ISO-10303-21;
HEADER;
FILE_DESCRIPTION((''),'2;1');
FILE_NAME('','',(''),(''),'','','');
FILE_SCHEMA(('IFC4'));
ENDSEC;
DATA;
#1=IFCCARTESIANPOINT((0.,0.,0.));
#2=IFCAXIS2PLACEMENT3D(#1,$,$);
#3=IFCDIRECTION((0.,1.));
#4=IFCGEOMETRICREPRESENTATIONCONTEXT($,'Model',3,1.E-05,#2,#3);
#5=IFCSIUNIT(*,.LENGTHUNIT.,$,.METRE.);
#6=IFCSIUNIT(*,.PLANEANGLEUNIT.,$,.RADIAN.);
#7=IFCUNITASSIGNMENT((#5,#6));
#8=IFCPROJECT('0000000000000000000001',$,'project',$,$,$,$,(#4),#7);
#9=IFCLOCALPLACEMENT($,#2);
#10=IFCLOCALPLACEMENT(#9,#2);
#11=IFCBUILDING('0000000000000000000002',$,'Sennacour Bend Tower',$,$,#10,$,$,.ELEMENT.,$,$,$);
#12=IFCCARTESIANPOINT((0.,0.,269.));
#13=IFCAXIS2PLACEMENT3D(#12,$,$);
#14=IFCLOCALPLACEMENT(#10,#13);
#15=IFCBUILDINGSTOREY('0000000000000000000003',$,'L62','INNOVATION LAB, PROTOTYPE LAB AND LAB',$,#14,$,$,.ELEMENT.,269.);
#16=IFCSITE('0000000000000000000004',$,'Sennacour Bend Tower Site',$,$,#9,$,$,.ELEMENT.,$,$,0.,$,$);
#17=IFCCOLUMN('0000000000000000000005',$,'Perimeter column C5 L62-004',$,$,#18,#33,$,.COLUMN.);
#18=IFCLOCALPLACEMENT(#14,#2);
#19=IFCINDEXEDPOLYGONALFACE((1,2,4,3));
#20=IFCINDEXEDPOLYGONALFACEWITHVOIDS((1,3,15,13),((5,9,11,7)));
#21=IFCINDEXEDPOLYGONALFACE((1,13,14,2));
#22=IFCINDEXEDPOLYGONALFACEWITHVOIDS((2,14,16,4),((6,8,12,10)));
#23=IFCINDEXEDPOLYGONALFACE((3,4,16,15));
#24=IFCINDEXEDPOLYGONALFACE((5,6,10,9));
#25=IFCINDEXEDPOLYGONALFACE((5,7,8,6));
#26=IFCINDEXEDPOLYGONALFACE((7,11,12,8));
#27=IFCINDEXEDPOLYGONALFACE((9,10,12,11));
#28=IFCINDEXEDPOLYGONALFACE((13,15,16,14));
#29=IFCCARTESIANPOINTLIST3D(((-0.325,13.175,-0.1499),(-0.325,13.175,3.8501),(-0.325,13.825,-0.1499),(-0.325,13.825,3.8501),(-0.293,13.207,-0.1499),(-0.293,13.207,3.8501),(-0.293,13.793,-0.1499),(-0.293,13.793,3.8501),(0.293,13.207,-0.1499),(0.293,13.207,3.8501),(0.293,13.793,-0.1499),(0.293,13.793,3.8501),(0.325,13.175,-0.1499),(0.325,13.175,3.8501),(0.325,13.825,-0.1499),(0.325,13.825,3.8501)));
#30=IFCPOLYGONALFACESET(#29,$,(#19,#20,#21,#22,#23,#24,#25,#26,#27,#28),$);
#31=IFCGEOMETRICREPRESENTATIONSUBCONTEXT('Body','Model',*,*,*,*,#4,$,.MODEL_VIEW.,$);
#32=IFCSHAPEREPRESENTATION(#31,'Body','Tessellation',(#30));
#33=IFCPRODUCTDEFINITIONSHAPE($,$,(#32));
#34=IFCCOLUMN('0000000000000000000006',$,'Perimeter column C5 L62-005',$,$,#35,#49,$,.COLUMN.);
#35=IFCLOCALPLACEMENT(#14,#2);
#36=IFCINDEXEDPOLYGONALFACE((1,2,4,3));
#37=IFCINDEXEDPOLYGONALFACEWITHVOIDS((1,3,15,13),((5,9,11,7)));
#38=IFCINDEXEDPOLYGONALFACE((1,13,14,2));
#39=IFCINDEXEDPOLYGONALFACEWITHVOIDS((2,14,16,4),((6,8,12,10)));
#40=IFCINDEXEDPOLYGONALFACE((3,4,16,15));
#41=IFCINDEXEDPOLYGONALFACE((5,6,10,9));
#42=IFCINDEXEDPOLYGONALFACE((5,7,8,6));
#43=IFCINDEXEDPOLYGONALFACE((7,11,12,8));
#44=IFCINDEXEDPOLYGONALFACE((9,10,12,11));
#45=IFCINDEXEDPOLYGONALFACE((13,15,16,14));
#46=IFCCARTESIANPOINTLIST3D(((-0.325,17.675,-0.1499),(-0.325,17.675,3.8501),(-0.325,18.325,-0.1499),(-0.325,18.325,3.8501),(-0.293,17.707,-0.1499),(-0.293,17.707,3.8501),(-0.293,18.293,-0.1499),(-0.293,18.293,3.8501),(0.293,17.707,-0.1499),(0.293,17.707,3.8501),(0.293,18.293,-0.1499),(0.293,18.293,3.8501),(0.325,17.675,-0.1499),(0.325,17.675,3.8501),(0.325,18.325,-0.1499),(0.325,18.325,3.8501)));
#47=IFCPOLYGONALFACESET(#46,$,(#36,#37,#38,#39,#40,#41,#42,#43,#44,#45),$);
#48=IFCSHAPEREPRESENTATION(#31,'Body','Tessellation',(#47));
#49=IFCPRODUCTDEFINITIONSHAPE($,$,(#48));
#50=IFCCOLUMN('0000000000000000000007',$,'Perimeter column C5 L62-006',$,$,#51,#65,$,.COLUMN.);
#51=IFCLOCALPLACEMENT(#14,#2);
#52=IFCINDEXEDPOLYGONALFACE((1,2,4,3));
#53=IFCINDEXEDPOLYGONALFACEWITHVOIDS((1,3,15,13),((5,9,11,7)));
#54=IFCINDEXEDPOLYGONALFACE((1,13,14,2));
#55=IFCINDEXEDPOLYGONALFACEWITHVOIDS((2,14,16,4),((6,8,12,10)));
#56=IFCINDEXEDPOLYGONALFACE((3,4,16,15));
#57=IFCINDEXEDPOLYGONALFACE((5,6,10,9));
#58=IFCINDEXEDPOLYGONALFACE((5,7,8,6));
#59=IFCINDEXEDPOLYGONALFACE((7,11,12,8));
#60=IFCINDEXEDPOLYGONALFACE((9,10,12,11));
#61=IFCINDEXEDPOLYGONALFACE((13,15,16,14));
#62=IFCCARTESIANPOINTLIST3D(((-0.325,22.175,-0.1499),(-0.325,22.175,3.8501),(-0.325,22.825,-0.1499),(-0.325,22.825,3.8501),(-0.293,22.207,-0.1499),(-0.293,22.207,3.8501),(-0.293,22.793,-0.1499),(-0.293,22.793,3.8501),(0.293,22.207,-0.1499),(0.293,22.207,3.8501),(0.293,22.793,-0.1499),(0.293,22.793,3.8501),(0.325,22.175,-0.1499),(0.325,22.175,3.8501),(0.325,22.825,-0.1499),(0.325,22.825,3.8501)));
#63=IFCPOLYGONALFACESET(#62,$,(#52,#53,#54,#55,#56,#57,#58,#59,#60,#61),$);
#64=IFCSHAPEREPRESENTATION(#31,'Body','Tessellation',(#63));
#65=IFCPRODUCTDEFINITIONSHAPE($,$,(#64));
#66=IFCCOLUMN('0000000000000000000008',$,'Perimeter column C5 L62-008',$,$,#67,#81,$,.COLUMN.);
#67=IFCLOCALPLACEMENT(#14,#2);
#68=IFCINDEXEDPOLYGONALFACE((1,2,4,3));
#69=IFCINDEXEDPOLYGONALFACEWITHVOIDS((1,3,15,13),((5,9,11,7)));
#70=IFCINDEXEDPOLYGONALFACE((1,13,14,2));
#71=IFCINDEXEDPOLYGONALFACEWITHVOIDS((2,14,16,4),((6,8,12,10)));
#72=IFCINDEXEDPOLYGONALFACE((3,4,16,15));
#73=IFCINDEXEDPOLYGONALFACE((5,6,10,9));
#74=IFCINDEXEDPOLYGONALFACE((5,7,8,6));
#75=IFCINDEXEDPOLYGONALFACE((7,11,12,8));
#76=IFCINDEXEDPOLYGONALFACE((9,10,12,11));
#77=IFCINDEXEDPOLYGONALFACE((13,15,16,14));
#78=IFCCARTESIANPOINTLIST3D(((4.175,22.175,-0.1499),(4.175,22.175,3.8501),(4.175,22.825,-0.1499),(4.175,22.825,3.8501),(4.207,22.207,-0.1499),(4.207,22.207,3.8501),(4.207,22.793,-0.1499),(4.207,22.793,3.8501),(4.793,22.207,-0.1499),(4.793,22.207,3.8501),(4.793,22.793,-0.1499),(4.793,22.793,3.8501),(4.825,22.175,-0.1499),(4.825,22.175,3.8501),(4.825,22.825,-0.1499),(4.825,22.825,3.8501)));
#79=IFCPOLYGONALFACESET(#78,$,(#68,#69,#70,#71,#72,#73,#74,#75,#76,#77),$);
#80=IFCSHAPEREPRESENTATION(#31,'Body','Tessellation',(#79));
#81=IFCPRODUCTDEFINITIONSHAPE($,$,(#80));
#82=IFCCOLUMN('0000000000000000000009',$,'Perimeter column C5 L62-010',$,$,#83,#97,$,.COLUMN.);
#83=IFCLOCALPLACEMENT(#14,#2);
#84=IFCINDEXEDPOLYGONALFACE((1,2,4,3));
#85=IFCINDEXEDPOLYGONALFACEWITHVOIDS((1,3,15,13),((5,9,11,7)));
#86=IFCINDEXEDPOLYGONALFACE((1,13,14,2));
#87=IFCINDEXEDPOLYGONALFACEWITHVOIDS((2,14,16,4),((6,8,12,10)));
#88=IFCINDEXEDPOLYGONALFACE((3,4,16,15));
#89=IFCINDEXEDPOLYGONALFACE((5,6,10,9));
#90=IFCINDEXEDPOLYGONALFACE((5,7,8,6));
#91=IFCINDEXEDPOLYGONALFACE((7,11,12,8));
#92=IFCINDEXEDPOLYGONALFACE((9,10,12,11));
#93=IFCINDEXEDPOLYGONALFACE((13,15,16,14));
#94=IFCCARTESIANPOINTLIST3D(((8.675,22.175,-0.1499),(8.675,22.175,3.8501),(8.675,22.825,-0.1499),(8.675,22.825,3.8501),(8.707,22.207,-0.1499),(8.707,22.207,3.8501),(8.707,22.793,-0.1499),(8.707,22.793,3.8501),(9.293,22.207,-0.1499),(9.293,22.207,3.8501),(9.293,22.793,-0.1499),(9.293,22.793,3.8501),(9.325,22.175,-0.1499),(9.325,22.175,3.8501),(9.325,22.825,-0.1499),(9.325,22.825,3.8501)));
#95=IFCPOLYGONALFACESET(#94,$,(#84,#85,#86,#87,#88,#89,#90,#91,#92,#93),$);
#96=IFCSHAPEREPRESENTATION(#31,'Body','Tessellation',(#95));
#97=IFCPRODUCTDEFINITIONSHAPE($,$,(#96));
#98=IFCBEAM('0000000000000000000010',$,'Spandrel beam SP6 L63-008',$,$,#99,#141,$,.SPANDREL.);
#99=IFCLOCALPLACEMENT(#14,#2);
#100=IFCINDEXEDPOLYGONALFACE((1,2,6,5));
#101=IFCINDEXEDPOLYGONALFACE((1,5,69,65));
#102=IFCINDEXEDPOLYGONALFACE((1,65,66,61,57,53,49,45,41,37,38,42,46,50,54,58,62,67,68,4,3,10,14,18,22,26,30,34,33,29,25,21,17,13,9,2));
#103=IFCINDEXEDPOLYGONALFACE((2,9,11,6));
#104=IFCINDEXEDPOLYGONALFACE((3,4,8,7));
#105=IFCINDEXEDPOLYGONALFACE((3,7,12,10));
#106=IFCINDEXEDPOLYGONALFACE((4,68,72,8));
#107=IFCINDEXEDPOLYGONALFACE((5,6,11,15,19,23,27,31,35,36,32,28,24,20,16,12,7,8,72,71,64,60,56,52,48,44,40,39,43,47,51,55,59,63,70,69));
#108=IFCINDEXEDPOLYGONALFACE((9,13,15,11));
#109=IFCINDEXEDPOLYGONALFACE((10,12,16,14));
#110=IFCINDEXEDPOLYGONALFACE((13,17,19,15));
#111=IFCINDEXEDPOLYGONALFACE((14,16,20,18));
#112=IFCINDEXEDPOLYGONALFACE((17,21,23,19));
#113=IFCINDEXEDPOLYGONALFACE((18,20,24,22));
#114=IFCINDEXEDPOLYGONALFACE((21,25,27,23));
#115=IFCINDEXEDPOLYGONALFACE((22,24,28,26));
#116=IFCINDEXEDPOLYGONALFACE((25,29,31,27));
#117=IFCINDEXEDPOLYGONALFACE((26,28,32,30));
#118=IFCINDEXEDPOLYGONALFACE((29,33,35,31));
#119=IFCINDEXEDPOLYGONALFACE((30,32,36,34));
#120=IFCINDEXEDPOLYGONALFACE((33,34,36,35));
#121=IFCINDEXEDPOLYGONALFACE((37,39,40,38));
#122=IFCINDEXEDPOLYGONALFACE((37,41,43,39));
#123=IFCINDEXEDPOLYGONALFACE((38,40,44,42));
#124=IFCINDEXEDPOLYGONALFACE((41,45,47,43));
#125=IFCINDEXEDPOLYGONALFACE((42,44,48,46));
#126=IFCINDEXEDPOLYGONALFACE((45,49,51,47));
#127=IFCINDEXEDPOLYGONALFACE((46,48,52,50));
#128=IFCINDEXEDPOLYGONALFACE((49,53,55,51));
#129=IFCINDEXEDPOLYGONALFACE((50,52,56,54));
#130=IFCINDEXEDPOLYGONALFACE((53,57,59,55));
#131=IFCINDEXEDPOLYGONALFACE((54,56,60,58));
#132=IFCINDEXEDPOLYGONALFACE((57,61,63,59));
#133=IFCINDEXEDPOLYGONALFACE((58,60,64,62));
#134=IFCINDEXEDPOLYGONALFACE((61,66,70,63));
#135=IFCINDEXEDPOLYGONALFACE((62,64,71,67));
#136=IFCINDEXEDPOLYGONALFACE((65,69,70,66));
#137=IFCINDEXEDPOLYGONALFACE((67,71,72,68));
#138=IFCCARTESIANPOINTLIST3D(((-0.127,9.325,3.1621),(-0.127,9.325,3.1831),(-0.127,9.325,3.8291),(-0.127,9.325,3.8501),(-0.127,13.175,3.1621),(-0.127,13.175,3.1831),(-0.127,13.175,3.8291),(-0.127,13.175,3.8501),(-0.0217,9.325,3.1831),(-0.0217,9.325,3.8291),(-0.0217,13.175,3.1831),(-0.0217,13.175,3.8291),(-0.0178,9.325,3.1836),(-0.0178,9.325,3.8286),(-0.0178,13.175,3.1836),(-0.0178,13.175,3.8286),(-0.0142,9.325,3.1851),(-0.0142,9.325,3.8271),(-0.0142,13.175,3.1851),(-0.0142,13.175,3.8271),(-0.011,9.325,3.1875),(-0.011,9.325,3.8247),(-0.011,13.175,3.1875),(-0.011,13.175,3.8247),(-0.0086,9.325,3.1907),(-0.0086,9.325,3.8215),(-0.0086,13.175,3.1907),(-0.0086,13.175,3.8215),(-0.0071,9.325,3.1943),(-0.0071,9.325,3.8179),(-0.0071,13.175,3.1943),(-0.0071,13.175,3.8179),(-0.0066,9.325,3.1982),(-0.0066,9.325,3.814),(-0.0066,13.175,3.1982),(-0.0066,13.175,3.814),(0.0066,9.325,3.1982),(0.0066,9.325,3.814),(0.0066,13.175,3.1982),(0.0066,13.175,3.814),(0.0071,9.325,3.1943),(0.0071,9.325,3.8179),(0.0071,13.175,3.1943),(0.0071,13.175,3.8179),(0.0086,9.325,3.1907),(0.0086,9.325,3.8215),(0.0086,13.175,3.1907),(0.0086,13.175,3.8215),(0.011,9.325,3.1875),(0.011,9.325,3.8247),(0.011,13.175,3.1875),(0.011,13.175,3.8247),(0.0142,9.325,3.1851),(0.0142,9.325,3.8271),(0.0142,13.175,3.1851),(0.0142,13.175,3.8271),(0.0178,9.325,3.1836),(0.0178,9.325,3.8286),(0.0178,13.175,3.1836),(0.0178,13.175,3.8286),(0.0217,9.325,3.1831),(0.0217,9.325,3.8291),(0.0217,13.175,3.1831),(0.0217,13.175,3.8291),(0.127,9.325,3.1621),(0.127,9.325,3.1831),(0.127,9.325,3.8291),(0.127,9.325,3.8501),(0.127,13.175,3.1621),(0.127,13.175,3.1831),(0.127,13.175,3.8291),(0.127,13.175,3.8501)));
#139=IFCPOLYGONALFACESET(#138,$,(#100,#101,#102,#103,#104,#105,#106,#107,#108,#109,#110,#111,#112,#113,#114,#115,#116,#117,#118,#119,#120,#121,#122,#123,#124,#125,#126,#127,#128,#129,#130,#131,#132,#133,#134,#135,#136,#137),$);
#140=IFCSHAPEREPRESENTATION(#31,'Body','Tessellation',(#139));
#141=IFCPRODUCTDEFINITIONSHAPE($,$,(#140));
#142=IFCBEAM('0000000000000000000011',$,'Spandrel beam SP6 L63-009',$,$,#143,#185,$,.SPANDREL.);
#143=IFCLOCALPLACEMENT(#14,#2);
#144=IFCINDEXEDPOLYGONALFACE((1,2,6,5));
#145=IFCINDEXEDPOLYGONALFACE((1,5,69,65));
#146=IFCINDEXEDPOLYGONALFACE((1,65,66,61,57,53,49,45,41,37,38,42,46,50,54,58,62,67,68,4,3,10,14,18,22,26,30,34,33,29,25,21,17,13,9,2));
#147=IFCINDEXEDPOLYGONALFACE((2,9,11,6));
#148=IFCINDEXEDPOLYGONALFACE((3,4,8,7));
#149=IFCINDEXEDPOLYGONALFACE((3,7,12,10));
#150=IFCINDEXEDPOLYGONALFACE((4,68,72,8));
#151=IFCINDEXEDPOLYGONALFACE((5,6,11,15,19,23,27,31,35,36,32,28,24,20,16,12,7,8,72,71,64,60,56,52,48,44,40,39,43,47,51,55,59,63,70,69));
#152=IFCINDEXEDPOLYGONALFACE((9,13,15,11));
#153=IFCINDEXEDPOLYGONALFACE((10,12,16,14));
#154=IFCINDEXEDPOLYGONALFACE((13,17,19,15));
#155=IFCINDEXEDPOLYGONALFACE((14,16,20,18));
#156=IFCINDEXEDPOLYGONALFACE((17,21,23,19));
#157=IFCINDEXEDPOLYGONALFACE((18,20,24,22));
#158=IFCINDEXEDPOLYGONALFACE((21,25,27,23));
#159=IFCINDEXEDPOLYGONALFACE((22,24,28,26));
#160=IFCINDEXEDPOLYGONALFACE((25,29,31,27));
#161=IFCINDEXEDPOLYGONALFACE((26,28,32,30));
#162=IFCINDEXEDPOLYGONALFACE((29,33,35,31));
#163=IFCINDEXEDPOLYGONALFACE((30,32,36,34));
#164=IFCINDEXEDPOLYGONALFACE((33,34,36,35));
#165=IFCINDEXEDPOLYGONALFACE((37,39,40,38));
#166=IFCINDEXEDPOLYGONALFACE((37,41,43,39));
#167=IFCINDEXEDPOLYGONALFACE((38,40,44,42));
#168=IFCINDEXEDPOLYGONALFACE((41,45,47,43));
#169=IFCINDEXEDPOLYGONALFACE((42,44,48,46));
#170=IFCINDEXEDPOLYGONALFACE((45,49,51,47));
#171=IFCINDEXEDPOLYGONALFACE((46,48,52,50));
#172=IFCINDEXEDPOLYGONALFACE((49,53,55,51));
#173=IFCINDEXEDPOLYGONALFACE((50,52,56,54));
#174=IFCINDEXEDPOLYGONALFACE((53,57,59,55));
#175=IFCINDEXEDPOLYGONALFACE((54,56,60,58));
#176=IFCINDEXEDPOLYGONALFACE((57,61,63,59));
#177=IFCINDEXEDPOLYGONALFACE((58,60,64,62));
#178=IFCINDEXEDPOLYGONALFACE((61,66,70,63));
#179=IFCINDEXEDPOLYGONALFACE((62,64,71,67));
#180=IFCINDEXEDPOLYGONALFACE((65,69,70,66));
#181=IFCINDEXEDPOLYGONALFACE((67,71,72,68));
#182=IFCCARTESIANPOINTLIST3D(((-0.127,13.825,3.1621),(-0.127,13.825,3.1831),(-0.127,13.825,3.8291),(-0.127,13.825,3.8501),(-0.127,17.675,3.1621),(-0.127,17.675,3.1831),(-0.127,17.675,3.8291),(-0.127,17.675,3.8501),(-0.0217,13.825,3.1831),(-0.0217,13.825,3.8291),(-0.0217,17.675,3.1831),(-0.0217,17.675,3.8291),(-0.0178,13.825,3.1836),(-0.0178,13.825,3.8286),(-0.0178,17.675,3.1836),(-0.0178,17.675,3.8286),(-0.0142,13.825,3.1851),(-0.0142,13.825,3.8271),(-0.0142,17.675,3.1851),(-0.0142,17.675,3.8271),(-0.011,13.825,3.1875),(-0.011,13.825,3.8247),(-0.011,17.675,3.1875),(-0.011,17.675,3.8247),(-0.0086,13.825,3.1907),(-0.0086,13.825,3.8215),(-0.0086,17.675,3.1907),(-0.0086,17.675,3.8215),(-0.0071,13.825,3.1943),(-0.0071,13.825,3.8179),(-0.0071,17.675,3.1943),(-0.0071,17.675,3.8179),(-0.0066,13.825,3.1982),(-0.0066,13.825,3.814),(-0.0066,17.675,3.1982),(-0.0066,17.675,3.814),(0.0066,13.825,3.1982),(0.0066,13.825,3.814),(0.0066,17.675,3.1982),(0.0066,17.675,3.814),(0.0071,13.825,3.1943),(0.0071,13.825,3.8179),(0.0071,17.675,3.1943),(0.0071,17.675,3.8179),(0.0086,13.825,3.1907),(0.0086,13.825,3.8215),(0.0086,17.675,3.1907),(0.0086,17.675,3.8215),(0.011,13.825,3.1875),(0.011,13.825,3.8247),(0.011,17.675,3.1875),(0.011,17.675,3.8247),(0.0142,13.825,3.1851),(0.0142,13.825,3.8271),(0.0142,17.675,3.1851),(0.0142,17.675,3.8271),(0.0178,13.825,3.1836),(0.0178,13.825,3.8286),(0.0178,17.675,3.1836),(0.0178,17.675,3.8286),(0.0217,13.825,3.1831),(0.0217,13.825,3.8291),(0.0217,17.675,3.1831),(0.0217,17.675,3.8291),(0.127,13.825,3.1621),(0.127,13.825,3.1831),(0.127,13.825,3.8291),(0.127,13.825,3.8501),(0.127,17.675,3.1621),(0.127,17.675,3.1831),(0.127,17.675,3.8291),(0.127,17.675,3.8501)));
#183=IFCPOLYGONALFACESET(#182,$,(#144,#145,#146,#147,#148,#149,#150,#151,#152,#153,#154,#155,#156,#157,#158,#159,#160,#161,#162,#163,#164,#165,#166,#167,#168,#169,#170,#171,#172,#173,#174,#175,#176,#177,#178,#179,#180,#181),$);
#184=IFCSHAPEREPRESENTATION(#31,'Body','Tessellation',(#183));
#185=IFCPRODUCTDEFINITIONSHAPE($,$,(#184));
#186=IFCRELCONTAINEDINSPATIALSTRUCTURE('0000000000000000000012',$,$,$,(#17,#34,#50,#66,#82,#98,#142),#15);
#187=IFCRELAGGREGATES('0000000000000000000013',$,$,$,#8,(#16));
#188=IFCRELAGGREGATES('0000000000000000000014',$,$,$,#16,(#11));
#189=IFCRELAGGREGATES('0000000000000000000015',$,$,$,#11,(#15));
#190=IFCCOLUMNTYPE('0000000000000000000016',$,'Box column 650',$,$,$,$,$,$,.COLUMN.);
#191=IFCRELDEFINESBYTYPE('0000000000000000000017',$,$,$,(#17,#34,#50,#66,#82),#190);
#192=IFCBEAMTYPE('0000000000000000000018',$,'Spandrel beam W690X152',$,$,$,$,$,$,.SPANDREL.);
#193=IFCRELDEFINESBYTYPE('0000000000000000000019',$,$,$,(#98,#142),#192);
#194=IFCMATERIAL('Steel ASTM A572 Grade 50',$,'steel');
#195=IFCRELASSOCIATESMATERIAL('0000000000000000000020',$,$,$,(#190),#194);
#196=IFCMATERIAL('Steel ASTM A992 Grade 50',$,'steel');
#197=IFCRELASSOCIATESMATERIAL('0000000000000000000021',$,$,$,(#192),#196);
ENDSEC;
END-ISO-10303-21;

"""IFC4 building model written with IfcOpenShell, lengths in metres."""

from ifc_helpers import new_model, si_unit, direction, frame, origin, origin_2d, place, context, subcontext, project, spatial, hollow_rectangle, i_section, extrude, material, material_profile, profile_set, type_object, element, save


model = new_model("IFC4")

# Units and contexts
model_context = context("Model", 3, precision=1e-05, world=origin(), true_north=direction((0.0, 1.0)))
body_context = subcontext(model_context, "Body", "Model", "MODEL_VIEW")
ifc_project = project(units=[si_unit("LENGTHUNIT", "METRE"), si_unit("PLANEANGLEUNIT", "RADIAN")], contexts=[model_context])

# Site, building, storey
site_placement = place(None, origin())
site = spatial("IfcSite", under=ifc_project, at=site_placement, Name="Sennacour Bend Tower Site", CompositionType="ELEMENT", RefElevation=0.0)
building_placement = place(site_placement, origin())
building = spatial("IfcBuilding", under=site, at=building_placement, Name="Sennacour Bend Tower", CompositionType="ELEMENT")
storey_placement = place(building_placement, frame((0.0, 0.0, 269.0)))
storey = spatial("IfcBuildingStorey", under=building, at=storey_placement, Name="L62", Description="INNOVATION LAB, PROTOTYPE LAB AND LAB", CompositionType="ELEMENT", Elevation=269.0)

# Columns
ifc_material_1 = material(Name="Steel ASTM A572 Grade 50", Category="steel")
ifc_material_profile_1 = material_profile(ifc_material_1, hollow_rectangle(XDim=0.6499, YDim=0.6499, WallThickness=0.032, at=origin_2d()), Name="Steel ASTM A572 Grade 50", Category="steel")
ifc_profile_set_1 = profile_set([ifc_material_profile_1], Name="Steel ASTM A572 Grade 50")
column_type = type_object("IfcColumnType", Name="Box column 650", PredefinedType="COLUMN", material=ifc_profile_set_1)
for number, where, z_axis, x_axis, name in (
    (1, (0.0, 13.5, -0.1499), (0.0, 0.0, 1.0), (1.0, 0.0, 0.0), "Perimeter column C5 L62-004"),
    (2, (0.0, 18.0, -0.1499), (0.0, 0.0, 1.0), (1.0, 0.0, 0.0), "Perimeter column C5 L62-005"),
    (3, (0.0, 22.5, -0.1499), (0.0, 0.0, 1.0), (1.0, 0.0, 0.0), "Perimeter column C5 L62-006"),
    (4, (4.5, 22.5, -0.1499), (0.0, 0.0, 1.0), (1.0, 0.0, 0.0), "Perimeter column C5 L62-008"),
    (5, (9.0, 22.5, -0.1499), (0.0, 0.0, 1.0), (1.0, 0.0, 0.0), "Perimeter column C5 L62-010"),
):
    element("IfcColumn", number, at=place(storey_placement, frame(where, z_axis=z_axis, x_axis=x_axis)), inside=storey, type_object=column_type, Name=name, PredefinedType="COLUMN", context=body_context, shape_type="SweptSolid", body=[
        extrude(hollow_rectangle(XDim=0.6499, YDim=0.6499, WallThickness=0.032, at=origin_2d()), origin(), (0.0, 0.0, 1.0), 4.0),
    ])

# Beams
ifc_material_2 = material(Name="Steel ASTM A992 Grade 50", Category="steel")
ifc_material_profile_2 = material_profile(ifc_material_2, i_section(OverallWidth=0.2539, OverallDepth=0.688, WebThickness=0.0132, FlangeThickness=0.021, FilletRadius=0.0151, at=origin_2d()), Name="Steel ASTM A992 Grade 50", Category="steel")
ifc_profile_set_2 = profile_set([ifc_material_profile_2], Name="Steel ASTM A992 Grade 50")
beam_type = type_object("IfcBeamType", Name="Spandrel beam W690X152", PredefinedType="SPANDREL", material=ifc_profile_set_2)
for number, where, z_axis, x_axis, name in (
    (6, (0.0, 9.325, 3.5061), (0.0, 1.0, 0.0), (-1.0, 0.0, 0.0), "Spandrel beam SP6 L63-008"),
    (7, (0.0, 13.825, 3.5061), (0.0, 1.0, 0.0), (-1.0, 0.0, 0.0), "Spandrel beam SP6 L63-009"),
):
    element("IfcBeam", number, at=place(storey_placement, frame(where, z_axis=z_axis, x_axis=x_axis)), inside=storey, type_object=beam_type, Name=name, PredefinedType="SPANDREL", context=body_context, shape_type="SweptSolid", body=[
        extrude(i_section(OverallWidth=0.2539, OverallDepth=0.688, WebThickness=0.0132, FlangeThickness=0.021, FilletRadius=0.0151, at=origin_2d()), origin(), (0.0, 0.0, 1.0), 3.8501),
    ])

save(model, "model.ifc")
